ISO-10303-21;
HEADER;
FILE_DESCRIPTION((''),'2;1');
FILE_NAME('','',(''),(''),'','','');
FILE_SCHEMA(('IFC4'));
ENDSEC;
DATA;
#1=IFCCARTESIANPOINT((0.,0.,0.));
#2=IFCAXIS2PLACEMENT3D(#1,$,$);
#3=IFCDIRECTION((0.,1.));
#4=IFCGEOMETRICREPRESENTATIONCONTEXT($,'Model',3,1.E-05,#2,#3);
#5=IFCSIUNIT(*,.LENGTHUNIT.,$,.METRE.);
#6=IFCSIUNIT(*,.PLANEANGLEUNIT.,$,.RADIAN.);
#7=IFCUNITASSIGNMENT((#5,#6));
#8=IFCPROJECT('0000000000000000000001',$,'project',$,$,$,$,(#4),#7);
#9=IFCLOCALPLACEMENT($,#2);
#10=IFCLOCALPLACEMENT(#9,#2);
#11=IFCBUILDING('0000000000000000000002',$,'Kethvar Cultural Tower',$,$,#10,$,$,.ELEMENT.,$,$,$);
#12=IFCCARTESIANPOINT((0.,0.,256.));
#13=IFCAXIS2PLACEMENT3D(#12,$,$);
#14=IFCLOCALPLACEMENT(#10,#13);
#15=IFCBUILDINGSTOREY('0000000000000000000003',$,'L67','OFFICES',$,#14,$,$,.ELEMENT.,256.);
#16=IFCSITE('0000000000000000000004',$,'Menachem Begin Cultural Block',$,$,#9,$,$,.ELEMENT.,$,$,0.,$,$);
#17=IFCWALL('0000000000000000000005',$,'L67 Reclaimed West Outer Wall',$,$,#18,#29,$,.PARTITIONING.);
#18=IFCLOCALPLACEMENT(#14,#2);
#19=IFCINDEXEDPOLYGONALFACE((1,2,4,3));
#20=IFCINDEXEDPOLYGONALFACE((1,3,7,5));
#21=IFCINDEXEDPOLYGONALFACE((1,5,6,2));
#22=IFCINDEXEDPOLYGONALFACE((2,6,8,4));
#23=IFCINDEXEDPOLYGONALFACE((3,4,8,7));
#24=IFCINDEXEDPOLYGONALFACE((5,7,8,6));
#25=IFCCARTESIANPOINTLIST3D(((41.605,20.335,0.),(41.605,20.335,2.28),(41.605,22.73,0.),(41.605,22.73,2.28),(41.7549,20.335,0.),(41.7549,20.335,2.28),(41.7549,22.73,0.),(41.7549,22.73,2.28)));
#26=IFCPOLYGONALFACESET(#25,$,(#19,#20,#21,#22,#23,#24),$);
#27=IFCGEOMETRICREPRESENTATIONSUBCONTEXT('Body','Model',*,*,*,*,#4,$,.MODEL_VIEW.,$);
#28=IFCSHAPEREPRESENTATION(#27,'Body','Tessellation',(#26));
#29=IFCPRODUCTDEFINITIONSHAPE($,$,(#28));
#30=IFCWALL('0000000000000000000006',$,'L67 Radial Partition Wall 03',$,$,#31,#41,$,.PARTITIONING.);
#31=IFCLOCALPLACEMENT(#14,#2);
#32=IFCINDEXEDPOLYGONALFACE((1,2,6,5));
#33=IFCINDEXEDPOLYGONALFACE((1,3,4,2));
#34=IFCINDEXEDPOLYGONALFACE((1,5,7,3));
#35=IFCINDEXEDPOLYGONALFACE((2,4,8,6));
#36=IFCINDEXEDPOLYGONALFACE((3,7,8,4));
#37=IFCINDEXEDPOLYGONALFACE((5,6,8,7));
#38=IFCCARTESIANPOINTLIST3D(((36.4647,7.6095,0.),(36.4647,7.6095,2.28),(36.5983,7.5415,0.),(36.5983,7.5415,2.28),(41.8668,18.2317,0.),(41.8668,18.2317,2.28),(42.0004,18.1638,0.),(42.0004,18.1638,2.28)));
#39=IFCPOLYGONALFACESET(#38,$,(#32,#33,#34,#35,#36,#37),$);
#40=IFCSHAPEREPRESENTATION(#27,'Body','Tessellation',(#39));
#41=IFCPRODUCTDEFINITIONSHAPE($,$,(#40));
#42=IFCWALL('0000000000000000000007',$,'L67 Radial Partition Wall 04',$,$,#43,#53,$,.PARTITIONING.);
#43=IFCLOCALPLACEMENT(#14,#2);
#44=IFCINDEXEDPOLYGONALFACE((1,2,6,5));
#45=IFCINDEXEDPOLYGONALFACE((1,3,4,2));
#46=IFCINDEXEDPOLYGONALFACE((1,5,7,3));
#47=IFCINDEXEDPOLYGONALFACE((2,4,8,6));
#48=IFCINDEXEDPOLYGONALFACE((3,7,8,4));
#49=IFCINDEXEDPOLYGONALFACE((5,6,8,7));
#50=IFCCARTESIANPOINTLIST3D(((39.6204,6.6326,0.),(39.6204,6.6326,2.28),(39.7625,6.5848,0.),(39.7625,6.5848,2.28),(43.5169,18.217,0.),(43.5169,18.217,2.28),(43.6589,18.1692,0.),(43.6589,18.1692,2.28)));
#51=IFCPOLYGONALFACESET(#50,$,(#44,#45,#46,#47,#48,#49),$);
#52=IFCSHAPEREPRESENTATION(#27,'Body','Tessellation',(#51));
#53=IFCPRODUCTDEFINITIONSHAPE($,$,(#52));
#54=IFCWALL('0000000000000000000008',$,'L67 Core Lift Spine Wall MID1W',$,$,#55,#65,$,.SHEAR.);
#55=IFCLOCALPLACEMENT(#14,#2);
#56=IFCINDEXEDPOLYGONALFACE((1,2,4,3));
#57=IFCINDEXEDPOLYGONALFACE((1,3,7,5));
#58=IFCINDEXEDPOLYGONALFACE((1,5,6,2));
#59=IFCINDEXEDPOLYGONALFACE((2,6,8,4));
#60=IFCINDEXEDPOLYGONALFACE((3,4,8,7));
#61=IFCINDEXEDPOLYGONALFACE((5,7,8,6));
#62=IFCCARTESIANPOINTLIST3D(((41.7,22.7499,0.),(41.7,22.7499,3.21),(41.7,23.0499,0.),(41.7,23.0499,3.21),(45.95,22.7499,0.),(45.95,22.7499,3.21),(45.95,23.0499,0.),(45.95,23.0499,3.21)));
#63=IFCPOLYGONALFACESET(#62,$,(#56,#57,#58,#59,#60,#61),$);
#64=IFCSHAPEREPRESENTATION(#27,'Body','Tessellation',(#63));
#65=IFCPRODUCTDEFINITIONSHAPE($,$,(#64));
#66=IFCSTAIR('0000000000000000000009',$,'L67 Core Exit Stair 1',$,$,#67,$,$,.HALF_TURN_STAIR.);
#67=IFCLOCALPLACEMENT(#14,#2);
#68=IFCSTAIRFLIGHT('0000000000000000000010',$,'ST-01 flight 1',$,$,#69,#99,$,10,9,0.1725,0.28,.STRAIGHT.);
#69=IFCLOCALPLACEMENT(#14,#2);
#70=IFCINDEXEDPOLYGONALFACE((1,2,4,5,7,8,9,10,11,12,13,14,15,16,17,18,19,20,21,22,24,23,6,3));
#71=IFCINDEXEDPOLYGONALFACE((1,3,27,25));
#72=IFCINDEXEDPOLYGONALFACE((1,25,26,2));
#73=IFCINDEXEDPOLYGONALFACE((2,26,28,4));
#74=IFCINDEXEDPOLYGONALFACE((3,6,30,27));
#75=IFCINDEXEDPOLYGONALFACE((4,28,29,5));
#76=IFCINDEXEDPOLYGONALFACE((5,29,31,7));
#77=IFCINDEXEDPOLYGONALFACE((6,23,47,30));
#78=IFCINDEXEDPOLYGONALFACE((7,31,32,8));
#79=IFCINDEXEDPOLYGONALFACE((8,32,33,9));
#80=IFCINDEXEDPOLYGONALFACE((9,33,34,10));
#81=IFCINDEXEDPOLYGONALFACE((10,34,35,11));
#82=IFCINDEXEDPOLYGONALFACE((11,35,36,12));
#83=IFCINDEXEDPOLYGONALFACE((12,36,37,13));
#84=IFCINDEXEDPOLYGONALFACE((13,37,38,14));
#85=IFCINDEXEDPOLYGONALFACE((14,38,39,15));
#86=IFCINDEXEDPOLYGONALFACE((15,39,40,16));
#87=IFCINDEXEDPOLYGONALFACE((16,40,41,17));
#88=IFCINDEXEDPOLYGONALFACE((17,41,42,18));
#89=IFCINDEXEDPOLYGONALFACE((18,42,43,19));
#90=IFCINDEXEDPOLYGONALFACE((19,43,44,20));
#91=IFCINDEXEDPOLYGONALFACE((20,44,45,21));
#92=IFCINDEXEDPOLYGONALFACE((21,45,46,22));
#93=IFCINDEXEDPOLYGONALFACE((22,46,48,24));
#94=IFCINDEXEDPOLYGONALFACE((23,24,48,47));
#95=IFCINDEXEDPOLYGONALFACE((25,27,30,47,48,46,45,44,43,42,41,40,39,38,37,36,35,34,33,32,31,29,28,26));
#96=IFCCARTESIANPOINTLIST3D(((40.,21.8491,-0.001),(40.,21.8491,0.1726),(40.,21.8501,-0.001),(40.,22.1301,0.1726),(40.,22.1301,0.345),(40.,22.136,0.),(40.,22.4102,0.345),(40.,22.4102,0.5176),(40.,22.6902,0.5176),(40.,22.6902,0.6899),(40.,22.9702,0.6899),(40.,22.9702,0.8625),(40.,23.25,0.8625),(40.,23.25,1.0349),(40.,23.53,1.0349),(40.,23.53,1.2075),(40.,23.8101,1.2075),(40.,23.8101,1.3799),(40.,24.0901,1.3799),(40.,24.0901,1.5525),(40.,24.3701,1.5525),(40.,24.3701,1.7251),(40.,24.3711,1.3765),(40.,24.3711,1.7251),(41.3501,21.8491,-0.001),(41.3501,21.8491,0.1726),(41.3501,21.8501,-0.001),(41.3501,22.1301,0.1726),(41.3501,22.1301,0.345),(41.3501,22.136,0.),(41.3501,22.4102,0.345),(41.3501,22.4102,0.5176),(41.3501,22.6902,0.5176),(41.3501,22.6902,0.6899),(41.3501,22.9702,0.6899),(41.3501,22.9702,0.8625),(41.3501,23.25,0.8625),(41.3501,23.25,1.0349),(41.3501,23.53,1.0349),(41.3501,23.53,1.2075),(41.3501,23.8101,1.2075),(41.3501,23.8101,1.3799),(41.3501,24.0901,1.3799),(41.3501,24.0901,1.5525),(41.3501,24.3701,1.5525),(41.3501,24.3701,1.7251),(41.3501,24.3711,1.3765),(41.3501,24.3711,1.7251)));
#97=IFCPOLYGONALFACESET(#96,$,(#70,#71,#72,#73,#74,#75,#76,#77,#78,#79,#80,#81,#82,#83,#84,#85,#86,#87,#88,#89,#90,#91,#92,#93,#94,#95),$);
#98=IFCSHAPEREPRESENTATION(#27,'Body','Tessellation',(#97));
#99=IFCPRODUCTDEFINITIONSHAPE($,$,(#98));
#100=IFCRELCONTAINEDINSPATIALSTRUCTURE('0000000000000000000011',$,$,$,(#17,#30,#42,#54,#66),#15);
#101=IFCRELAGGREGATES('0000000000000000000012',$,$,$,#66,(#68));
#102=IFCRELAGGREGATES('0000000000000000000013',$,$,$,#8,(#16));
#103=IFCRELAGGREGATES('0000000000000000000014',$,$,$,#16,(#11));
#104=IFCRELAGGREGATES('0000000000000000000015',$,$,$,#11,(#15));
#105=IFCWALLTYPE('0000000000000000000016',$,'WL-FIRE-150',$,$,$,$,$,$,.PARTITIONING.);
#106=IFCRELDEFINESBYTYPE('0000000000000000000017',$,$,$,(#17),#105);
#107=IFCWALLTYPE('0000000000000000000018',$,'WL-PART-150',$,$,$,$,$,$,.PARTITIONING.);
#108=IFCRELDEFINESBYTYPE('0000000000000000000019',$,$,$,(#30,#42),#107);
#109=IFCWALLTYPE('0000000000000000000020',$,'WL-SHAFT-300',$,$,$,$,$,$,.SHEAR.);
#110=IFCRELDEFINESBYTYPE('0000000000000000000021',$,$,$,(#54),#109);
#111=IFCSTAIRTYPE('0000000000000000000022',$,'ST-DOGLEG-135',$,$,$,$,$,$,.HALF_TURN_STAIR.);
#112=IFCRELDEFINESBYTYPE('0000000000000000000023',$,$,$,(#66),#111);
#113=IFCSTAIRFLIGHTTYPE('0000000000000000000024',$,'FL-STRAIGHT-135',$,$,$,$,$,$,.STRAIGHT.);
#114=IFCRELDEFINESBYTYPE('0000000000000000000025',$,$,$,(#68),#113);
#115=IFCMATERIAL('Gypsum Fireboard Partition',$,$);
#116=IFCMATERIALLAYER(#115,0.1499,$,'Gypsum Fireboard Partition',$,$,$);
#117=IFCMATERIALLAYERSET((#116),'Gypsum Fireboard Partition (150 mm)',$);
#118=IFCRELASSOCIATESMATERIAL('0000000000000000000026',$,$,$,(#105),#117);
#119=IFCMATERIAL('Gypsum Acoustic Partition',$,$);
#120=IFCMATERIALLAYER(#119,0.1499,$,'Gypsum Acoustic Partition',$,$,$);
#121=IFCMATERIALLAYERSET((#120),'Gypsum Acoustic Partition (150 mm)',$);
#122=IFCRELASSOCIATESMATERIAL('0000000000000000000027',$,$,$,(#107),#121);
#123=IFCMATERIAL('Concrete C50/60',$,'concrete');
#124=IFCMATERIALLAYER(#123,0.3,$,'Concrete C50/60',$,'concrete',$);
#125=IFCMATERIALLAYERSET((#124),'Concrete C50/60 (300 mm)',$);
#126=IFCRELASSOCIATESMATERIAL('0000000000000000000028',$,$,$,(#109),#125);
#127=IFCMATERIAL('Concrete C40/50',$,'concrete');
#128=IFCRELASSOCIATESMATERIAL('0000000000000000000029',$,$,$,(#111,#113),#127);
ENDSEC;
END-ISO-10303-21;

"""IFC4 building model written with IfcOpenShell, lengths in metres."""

from ifc_helpers import new_model, si_unit, direction, frame, frame_2d, origin, place, context, subcontext, project, spatial, polyline, rectangle, outline, extrude, material, layer, layer_set, type_object, element, aggregate, save


model = new_model("IFC4")

# Units and contexts
model_context = context("Model", 3, precision=1e-05, world=origin(), true_north=direction((0.0, 1.0)))
body_context = subcontext(model_context, "Body", "Model", "MODEL_VIEW")
ifc_project = project(units=[si_unit("LENGTHUNIT", "METRE"), si_unit("PLANEANGLEUNIT", "RADIAN")], contexts=[model_context])

# Site, building, storey
site_placement = place(None, origin())
site = spatial("IfcSite", under=ifc_project, at=site_placement, Name="Menachem Begin Cultural Block", CompositionType="ELEMENT", RefElevation=0.0)
building_placement = place(site_placement, origin())
building = spatial("IfcBuilding", under=site, at=building_placement, Name="Kethvar Cultural Tower", CompositionType="ELEMENT")
storey_placement = place(building_placement, frame((0.0, 0.0, 256.0)))
storey = spatial("IfcBuildingStorey", under=building, at=storey_placement, Name="L67", Description="OFFICES", CompositionType="ELEMENT", Elevation=256.0)

# Wall
ifc_material_1 = material(Name="Gypsum Fireboard Partition")
ifc_layer_1 = layer(ifc_material_1, 0.1499, Name="Gypsum Fireboard Partition")
ifc_layer_set_1 = layer_set([ifc_layer_1], Name="Gypsum Fireboard Partition (150 mm)")
wall_type_1 = type_object("IfcWallType", Name="WL-FIRE-150", PredefinedType="PARTITIONING", material=ifc_layer_set_1)
wall_1_placement = place(storey_placement, frame((41.6799, 20.335, 0.0), z_axis=(0.0, 0.0, 1.0), x_axis=(0.0, 1.0, 0.0)))
element("IfcWall", 1, at=wall_1_placement, inside=storey, type_object=wall_type_1, Name="L67 Reclaimed West Outer Wall", PredefinedType="PARTITIONING", context=body_context, shape_type="SweptSolid", body=[
    extrude(rectangle(XDim=2.395, YDim=0.1499, at=frame_2d((1.1975, 0.0))), origin(), (0.0, 0.0, 1.0), 2.28),
])

# Walls
ifc_material_2 = material(Name="Gypsum Acoustic Partition")
ifc_layer_2 = layer(ifc_material_2, 0.1499, Name="Gypsum Acoustic Partition")
ifc_layer_set_2 = layer_set([ifc_layer_2], Name="Gypsum Acoustic Partition (150 mm)")
wall_type_2 = type_object("IfcWallType", Name="WL-PART-150", PredefinedType="PARTITIONING", material=ifc_layer_set_2)
wall_2_placement = place(storey_placement, frame((41.9336, 18.1978, 0.0), z_axis=(0.0, 0.0, 1.0), x_axis=(-0.453308, -0.891354, 0.0)))
element("IfcWall", 2, at=wall_2_placement, inside=storey, type_object=wall_type_2, Name="L67 Radial Partition Wall 03", PredefinedType="PARTITIONING", context=body_context, shape_type="SweptSolid", body=[
    extrude(rectangle(XDim=11.917, YDim=0.1499, at=frame_2d((5.9585, 0.0))), origin(), (0.0, 0.0, 1.0), 2.28),
])
wall_3_placement = place(storey_placement, frame((43.5879, 18.1931, 0.0), z_axis=(0.0, 0.0, 1.0), x_axis=(-0.318803, -0.947821, 0.0)))
element("IfcWall", 3, at=wall_3_placement, inside=storey, type_object=wall_type_2, Name="L67 Radial Partition Wall 04", PredefinedType="PARTITIONING", context=body_context, shape_type="SweptSolid", body=[
    extrude(rectangle(XDim=12.2222, YDim=0.1499, at=frame_2d((6.1111, 0.0))), origin(), (0.0, 0.0, 1.0), 2.28),
])
ifc_material_3 = material(Name="Concrete C50/60", Category="concrete")
ifc_layer_3 = layer(ifc_material_3, 0.3, Name="Concrete C50/60", Category="concrete")
ifc_layer_set_3 = layer_set([ifc_layer_3], Name="Concrete C50/60 (300 mm)")
wall_type_3 = type_object("IfcWallType", Name="WL-SHAFT-300", PredefinedType="SHEAR", material=ifc_layer_set_3)
wall_4_placement = place(storey_placement, frame((41.7, 22.8999, 0.0), z_axis=(0.0, 0.0, 1.0), x_axis=(1.0, 0.0, 0.0)))
element("IfcWall", 4, at=wall_4_placement, inside=storey, type_object=wall_type_3, Name="L67 Core Lift Spine Wall MID1W", PredefinedType="SHEAR", context=body_context, shape_type="SweptSolid", body=[
    extrude(rectangle(XDim=4.25, YDim=0.3, at=frame_2d((2.125, 0.0))), origin(), (0.0, 0.0, 1.0), 3.21),
])

# Stair, stair flight
ifc_material_4 = material(Name="Concrete C40/50", Category="concrete")
stair_type = type_object("IfcStairType", Name="ST-DOGLEG-135", PredefinedType="HALF_TURN_STAIR", material=ifc_material_4)
stair_placement = place(storey_placement, origin())
stair = element("IfcStair", 5, at=stair_placement, inside=storey, type_object=stair_type, Name="L67 Core Exit Stair 1", PredefinedType="HALF_TURN_STAIR")
stair_flight_type = type_object("IfcStairFlightType", Name="FL-STRAIGHT-135", PredefinedType="STRAIGHT", material=ifc_material_4)
stair_flight_placement = place(storey_placement, frame((40.675, 21.8501, 0.0), z_axis=(0.0, 0.0, 1.0), x_axis=(0.0, 1.0, 0.0)))
stair_flight = element("IfcStairFlight", 6, at=stair_flight_placement, type_object=stair_flight_type, Name="ST-01 flight 1", NumberOfRisers=10, NumberOfTreads=9, PredefinedType="STRAIGHT", RiserHeight=0.1725, TreadLength=0.28, context=body_context, shape_type="SweptSolid", body=[
    extrude(outline(polyline([(-0.001, -0.001), (-0.001, 0.1726), (0.28, 0.1726), (0.28, 0.345), (0.5601, 0.345), (0.5601, 0.5176), (0.8401, 0.5176), (0.8401, 0.6899), (1.1201, 0.6899), (1.1201, 0.8625), (1.3999, 0.8625), (1.3999, 1.0349), (1.6799, 1.0349), (1.6799, 1.2075), (1.96, 1.2075), (1.96, 1.3799), (2.24, 1.3799), (2.24, 1.5525), (2.52, 1.5525), (2.52, 1.7251), (2.521, 1.7251), (2.521, 1.3765), (0.2859, 0.0), (0.0, -0.001), (-0.001, -0.001)])), frame((0.0, 0.675, 0.0), z_axis=(0.0, -1.0, 0.0), x_axis=(1.0, 0.0, 0.0)), (0.0, 0.0, 1.0), 1.3501),
])
aggregate(stair, [stair_flight])

save(model, "model.ifc")
